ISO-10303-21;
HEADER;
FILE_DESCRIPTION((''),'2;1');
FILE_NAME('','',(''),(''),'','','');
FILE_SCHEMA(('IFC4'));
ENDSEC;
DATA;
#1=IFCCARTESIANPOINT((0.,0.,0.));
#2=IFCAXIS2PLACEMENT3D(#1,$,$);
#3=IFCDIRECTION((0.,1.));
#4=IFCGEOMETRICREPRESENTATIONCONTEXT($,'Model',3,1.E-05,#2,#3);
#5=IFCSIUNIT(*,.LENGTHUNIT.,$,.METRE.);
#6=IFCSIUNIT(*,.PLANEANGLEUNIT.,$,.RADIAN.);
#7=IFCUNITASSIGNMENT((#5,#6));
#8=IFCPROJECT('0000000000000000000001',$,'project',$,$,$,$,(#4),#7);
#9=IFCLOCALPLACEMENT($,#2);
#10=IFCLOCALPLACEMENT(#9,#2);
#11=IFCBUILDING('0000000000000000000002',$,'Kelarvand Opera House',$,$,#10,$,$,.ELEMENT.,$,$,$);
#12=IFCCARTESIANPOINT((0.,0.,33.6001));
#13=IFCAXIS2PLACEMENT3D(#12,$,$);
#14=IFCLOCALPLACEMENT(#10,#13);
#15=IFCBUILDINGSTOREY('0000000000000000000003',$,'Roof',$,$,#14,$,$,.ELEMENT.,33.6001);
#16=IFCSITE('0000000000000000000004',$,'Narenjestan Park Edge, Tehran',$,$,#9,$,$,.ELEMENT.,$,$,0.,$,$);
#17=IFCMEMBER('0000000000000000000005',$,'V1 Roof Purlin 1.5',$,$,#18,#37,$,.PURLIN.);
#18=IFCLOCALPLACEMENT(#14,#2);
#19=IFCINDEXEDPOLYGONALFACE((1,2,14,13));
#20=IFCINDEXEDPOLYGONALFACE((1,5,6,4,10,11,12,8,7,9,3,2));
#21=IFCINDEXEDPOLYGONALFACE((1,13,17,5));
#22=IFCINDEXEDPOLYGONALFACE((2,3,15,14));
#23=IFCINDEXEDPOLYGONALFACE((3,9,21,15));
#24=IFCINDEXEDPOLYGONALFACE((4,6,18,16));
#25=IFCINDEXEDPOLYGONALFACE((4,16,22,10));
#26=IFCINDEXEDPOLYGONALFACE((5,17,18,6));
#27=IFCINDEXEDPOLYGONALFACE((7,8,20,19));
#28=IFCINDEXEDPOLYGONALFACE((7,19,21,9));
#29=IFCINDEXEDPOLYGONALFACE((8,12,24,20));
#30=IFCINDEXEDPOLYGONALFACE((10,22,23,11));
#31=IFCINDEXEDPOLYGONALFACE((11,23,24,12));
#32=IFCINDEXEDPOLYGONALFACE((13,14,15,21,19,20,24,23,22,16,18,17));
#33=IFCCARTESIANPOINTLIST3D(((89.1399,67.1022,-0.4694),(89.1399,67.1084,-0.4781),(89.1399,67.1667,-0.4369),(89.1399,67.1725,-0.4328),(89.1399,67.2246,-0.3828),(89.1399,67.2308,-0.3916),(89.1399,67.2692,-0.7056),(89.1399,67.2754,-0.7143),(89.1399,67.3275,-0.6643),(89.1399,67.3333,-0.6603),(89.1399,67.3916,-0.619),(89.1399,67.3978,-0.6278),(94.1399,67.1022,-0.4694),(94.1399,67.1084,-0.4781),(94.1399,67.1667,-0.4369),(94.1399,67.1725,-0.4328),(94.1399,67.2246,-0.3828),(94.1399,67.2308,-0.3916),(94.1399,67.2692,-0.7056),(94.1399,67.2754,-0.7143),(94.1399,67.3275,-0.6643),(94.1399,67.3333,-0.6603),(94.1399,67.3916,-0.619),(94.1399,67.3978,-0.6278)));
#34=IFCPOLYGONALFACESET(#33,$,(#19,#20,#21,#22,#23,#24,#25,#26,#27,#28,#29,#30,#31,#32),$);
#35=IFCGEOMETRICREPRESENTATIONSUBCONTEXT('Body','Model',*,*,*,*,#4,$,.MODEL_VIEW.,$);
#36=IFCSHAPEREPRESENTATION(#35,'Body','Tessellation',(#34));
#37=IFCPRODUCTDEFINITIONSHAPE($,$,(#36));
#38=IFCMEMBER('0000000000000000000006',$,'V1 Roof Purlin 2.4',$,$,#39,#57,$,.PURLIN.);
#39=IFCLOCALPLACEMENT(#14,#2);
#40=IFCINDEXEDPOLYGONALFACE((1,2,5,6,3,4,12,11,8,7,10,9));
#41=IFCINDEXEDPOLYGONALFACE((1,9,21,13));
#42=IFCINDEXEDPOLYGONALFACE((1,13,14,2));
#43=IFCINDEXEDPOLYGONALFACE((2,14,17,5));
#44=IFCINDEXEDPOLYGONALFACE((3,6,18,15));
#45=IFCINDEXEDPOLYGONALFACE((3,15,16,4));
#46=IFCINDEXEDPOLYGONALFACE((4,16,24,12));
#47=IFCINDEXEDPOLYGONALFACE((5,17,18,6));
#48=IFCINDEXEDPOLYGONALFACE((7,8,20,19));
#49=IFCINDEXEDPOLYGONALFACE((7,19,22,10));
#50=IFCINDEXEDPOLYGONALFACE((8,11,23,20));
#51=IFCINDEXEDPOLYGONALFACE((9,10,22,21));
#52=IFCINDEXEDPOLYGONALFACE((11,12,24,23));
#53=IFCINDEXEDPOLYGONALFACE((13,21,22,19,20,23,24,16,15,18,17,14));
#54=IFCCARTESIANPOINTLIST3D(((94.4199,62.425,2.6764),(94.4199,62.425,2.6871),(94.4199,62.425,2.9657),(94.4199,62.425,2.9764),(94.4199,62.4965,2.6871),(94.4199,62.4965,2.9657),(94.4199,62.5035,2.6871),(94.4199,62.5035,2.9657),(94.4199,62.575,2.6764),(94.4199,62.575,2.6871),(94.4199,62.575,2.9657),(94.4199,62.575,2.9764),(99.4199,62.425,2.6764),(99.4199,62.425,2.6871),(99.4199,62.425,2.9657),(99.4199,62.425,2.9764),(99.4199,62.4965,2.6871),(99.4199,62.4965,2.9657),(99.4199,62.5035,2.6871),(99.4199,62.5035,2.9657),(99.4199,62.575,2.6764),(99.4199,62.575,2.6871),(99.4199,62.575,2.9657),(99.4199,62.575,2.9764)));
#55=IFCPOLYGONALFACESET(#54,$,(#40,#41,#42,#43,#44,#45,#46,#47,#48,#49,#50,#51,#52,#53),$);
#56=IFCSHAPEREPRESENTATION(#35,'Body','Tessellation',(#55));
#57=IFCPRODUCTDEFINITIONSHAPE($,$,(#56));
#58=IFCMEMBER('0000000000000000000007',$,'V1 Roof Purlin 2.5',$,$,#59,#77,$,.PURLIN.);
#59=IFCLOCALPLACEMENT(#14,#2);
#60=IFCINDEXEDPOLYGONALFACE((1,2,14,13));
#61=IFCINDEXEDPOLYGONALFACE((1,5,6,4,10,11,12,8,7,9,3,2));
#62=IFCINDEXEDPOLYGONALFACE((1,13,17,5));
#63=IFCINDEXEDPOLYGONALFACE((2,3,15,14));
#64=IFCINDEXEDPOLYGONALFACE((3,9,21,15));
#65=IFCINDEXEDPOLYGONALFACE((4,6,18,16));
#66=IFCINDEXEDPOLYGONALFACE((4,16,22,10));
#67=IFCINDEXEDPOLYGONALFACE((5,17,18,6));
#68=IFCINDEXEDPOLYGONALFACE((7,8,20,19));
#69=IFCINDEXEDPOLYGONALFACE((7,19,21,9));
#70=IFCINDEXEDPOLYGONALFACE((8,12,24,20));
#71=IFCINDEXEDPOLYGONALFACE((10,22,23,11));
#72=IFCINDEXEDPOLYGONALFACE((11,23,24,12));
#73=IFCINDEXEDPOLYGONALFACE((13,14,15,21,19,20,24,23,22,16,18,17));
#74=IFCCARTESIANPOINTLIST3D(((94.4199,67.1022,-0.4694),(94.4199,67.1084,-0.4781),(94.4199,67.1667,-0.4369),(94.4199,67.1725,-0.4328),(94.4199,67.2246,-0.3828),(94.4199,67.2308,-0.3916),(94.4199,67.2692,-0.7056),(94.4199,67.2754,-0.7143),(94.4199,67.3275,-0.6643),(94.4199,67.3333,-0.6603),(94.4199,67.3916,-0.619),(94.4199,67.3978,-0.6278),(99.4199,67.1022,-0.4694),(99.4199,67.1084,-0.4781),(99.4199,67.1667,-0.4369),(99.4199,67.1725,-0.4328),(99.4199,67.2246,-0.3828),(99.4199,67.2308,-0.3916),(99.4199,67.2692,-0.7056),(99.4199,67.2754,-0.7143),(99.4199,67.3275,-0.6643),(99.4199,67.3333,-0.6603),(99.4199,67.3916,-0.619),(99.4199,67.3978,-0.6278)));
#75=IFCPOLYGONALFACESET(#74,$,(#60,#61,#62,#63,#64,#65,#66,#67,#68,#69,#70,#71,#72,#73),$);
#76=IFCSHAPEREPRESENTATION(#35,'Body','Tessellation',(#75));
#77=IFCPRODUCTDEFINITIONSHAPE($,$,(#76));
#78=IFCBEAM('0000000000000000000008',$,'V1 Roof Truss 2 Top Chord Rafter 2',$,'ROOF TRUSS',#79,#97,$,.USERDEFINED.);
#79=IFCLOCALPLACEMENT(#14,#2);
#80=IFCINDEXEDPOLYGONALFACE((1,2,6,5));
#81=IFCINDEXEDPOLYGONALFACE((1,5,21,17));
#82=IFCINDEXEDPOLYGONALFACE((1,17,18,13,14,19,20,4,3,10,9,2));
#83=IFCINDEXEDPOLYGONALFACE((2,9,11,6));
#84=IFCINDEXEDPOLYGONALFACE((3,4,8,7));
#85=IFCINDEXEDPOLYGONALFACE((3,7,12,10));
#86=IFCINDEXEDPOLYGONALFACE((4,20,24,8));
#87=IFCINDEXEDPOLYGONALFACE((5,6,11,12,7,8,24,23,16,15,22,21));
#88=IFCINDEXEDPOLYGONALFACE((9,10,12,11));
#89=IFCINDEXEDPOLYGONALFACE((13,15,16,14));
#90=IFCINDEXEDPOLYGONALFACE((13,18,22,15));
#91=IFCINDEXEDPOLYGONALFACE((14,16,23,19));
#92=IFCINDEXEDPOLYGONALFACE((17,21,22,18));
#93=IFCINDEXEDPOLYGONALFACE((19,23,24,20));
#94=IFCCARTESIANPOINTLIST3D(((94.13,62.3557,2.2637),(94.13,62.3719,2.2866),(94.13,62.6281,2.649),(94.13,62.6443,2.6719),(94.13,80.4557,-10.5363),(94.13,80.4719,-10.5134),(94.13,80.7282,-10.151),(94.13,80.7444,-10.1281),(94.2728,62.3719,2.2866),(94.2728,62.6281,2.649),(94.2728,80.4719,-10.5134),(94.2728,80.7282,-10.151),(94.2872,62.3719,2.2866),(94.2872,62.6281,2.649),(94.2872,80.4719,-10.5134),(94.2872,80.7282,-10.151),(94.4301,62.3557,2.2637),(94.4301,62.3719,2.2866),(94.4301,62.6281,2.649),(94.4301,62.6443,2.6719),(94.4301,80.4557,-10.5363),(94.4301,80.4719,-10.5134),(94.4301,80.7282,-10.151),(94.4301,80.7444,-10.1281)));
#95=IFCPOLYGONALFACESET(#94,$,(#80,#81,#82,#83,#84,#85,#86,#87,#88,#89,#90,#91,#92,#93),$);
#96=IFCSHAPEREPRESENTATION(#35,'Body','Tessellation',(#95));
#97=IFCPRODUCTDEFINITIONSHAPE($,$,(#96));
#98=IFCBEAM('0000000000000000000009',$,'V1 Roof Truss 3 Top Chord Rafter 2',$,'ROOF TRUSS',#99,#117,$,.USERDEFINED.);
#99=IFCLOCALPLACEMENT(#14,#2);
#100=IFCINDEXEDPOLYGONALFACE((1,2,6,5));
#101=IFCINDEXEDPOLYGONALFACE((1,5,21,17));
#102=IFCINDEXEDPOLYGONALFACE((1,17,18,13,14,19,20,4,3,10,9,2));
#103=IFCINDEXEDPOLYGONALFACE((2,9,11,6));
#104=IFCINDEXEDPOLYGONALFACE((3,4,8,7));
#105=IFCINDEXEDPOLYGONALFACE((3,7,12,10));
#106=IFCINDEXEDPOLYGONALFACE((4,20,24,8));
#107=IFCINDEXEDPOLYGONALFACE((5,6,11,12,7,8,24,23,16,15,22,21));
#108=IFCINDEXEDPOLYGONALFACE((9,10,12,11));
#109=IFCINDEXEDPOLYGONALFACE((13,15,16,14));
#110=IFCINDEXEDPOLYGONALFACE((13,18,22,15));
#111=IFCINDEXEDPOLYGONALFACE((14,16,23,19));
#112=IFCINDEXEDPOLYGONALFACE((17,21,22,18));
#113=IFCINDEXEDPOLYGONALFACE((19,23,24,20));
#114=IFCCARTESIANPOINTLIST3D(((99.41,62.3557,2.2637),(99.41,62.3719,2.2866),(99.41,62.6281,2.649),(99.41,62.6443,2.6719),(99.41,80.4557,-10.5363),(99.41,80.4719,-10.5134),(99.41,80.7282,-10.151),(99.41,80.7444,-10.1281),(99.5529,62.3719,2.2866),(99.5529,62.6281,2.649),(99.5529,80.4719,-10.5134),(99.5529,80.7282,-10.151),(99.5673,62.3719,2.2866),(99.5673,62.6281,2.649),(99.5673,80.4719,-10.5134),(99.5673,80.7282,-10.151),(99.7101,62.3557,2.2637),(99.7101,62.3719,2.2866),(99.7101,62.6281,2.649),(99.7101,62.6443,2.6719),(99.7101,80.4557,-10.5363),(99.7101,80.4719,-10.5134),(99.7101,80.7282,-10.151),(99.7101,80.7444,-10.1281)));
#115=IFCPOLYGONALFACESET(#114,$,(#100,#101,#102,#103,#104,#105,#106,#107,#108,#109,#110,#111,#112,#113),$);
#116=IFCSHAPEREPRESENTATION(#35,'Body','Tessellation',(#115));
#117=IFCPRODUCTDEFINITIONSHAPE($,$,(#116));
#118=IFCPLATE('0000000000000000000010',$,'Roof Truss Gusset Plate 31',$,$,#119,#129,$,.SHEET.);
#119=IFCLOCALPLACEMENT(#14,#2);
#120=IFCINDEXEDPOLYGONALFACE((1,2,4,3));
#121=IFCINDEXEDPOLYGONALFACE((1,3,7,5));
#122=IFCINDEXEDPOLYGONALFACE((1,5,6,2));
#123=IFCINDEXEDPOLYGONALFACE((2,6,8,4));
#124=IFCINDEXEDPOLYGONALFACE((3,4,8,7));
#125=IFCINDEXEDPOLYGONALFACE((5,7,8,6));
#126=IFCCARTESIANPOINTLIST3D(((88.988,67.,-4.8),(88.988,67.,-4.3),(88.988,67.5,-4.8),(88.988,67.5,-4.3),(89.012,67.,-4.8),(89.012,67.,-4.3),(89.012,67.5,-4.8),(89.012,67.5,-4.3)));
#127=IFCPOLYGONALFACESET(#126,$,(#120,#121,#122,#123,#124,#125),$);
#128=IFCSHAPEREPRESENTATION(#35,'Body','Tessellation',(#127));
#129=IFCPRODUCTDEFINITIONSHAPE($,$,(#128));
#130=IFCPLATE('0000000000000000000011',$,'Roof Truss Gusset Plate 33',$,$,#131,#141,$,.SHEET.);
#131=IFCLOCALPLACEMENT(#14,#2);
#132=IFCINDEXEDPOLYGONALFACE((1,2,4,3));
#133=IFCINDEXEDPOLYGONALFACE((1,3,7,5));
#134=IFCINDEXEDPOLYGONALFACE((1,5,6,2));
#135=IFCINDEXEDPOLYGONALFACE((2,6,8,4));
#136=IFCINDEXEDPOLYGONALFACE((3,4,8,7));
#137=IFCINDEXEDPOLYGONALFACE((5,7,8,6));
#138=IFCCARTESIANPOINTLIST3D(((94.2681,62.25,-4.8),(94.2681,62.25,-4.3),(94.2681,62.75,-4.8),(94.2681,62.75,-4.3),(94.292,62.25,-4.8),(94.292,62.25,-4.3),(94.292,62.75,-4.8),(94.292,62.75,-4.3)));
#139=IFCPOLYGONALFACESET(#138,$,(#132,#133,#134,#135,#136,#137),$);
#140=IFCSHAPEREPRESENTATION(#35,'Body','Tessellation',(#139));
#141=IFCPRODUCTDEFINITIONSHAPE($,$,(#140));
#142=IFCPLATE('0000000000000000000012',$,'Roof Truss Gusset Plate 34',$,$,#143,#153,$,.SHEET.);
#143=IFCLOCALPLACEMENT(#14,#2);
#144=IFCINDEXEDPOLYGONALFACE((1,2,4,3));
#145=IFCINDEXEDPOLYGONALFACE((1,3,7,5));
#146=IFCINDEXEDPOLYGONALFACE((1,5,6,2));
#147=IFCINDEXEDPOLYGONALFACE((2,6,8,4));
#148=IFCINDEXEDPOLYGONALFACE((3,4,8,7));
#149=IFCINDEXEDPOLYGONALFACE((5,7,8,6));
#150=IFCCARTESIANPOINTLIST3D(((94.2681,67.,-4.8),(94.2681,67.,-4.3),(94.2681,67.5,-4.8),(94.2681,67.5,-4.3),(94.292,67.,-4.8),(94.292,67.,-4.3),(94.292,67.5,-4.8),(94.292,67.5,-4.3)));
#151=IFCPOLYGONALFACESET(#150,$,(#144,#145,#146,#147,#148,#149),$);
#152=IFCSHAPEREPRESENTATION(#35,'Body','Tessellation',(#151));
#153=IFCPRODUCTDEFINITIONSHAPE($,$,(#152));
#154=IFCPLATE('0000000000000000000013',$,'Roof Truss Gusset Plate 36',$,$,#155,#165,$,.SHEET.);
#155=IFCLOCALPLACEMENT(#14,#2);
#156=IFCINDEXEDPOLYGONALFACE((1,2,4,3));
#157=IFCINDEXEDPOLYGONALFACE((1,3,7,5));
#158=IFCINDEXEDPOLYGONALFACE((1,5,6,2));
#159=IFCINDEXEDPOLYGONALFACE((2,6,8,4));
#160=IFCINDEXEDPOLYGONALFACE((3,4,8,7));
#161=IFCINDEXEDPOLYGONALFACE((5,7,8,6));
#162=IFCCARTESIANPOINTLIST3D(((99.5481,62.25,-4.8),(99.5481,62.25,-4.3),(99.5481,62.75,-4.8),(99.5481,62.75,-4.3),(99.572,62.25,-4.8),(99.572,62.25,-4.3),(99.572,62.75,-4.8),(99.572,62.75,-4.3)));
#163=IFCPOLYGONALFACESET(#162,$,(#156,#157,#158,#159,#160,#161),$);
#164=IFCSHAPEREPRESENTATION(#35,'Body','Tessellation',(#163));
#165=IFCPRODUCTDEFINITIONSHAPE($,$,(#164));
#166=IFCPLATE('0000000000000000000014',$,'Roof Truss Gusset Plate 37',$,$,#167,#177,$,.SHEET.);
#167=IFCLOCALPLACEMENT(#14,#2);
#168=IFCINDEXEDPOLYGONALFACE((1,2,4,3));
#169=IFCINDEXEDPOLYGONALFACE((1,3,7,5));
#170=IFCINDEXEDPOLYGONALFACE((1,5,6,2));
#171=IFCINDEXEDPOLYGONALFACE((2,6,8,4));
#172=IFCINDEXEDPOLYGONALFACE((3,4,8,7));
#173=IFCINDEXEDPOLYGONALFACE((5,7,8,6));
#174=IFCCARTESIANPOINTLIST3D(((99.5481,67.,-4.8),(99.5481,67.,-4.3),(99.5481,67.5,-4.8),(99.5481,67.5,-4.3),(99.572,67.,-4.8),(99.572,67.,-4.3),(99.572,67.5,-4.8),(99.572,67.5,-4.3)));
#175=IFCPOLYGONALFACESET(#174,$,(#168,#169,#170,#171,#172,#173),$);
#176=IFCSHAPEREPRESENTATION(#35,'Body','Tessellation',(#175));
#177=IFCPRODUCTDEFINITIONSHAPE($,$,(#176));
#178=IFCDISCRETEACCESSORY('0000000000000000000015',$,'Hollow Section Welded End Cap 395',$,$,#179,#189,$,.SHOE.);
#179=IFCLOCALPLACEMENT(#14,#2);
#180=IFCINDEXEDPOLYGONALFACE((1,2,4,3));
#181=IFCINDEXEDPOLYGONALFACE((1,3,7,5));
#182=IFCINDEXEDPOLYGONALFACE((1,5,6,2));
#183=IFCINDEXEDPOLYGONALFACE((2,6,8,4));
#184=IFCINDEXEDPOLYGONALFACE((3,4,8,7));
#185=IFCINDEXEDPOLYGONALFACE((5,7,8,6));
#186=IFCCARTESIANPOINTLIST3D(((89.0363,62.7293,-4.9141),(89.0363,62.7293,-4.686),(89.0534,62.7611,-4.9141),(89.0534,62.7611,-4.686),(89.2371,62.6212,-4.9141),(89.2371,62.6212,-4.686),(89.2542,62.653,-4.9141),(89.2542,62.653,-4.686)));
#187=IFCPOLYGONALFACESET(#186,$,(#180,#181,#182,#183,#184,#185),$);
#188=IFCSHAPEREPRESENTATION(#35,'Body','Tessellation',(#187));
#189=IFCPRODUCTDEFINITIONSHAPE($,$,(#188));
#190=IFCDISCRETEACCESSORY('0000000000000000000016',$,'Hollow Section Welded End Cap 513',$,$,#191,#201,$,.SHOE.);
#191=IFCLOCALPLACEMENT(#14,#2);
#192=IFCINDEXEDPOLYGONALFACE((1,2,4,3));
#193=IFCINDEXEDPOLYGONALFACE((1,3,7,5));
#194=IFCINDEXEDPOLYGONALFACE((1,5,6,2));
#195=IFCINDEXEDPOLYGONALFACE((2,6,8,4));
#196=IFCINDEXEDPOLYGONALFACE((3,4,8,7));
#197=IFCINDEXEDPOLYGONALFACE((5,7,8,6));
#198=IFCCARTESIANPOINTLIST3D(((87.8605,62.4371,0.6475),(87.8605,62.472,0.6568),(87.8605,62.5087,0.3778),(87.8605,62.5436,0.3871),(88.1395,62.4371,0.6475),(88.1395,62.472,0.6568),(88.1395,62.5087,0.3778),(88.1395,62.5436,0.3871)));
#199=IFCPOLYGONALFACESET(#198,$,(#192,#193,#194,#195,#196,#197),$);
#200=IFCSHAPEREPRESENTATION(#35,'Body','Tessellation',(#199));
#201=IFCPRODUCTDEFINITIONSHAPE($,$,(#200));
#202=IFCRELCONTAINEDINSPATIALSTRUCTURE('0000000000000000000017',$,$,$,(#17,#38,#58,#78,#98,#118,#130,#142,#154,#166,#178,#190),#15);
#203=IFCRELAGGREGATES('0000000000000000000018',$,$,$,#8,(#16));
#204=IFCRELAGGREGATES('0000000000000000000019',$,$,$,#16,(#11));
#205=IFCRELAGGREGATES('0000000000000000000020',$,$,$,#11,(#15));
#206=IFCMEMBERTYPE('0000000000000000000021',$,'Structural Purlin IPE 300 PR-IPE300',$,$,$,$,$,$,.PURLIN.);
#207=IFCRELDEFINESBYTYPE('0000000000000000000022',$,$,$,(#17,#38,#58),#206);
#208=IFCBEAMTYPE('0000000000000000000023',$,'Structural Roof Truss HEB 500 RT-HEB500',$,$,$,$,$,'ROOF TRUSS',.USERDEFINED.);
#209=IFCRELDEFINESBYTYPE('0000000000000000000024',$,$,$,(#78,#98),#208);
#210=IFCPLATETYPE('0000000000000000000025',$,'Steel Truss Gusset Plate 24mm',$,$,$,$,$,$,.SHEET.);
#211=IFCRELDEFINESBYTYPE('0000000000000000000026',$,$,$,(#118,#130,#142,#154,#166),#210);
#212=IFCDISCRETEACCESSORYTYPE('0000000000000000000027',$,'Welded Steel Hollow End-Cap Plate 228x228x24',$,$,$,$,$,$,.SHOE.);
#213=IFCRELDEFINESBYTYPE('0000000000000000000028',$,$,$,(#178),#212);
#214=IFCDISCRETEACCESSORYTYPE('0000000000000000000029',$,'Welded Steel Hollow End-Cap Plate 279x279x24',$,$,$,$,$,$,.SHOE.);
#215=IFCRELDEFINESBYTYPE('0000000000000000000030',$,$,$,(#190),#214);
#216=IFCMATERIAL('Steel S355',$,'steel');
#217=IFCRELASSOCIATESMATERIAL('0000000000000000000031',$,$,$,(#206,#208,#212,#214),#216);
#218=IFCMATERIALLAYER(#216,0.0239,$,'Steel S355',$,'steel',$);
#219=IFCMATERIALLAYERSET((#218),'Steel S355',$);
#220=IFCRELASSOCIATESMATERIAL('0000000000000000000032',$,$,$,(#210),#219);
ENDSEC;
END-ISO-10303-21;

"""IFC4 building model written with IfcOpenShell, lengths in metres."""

from ifc_helpers import new_model, si_unit, direction, frame, origin, origin_2d, place, context, subcontext, project, spatial, rectangle, i_section, extrude, material, layer, layer_set, material_profile, profile_set, type_object, element, save


model = new_model("IFC4")

# Units and contexts
model_context = context("Model", 3, precision=1e-05, world=origin(), true_north=direction((0.0, 1.0)))
body_context = subcontext(model_context, "Body", "Model", "MODEL_VIEW")
ifc_project = project(units=[si_unit("LENGTHUNIT", "METRE"), si_unit("PLANEANGLEUNIT", "RADIAN")], contexts=[model_context])

# Site, building, storey
site_placement = place(None, origin())
site = spatial("IfcSite", under=ifc_project, at=site_placement, Name="Narenjestan Park Edge, Tehran", CompositionType="ELEMENT", RefElevation=0.0)
building_placement = place(site_placement, origin())
building = spatial("IfcBuilding", under=site, at=building_placement, Name="Kelarvand Opera House", CompositionType="ELEMENT")
storey_placement = place(building_placement, frame((0.0, 0.0, 33.6001)))
storey = spatial("IfcBuildingStorey", under=building, at=storey_placement, Name="Roof", CompositionType="ELEMENT", Elevation=33.6001)

# Members
ifc_material = material(Name="Steel S355", Category="steel")
ifc_material_profile_1 = material_profile(ifc_material, i_section(OverallWidth=0.1499, OverallDepth=0.3, WebThickness=0.0071, FlangeThickness=0.0107, at=origin_2d()), Name="IPE 300", Category="steel")
ifc_profile_set_1 = profile_set([ifc_material_profile_1], Name="Steel S355")
member_type_1 = type_object("IfcMemberType", Name="Structural Purlin IPE 300 PR-IPE300", PredefinedType="PURLIN", material=ifc_profile_set_1)
for number, where, z_axis, x_axis, name in (
    (1, (89.1399, 67.25, -0.5486), (1.0, 0.0, 0.0), (0.0, 0.81644, 0.57743), "V1 Roof Purlin 1.5"),
    (2, (94.4199, 62.5, 2.8264), (1.0, 0.0, 0.0), (0.0, 1.0, 0.0), "V1 Roof Purlin 2.4"),
    (3, (94.4199, 67.25, -0.5486), (1.0, 0.0, 0.0), (0.0, 0.81644, 0.57743), "V1 Roof Purlin 2.5"),
):
    element("IfcMember", number, at=place(storey_placement, frame(where, z_axis=z_axis, x_axis=x_axis)), inside=storey, type_object=member_type_1, Name=name, PredefinedType="PURLIN", context=body_context, shape_type="SweptSolid", body=[
        extrude(i_section(OverallWidth=0.1499, OverallDepth=0.3, WebThickness=0.0071, FlangeThickness=0.0107, at=origin_2d()), origin(), (0.0, 0.0, 1.0), 5.0),
    ])

# Beams
ifc_material_profile_2 = material_profile(ifc_material, i_section(OverallWidth=0.3, OverallDepth=0.5, WebThickness=0.0144, FlangeThickness=0.0281, at=origin_2d()), Name="HEB 500", Category="steel")
ifc_profile_set_2 = profile_set([ifc_material_profile_2], Name="Steel S355")
beam_type = type_object("IfcBeamType", Name="Structural Roof Truss HEB 500 RT-HEB500", ElementType="ROOF TRUSS", PredefinedType="USERDEFINED", material=ifc_profile_set_2)
for number, where, z_axis, x_axis, name in (
    (4, (94.28, 62.5, 2.4678), (0.0, 0.816468, -0.577391), (-1.0, 0.0, 0.0), "V1 Roof Truss 2 Top Chord Rafter 2"),
    (5, (99.5601, 62.5, 2.4678), (0.0, 0.816468, -0.577391), (-1.0, 0.0, 0.0), "V1 Roof Truss 3 Top Chord Rafter 2"),
):
    element("IfcBeam", number, at=place(storey_placement, frame(where, z_axis=z_axis, x_axis=x_axis)), inside=storey, type_object=beam_type, Name=name, ObjectType="ROOF TRUSS", PredefinedType="USERDEFINED", context=body_context, shape_type="SweptSolid", body=[
        extrude(i_section(OverallWidth=0.3, OverallDepth=0.5, WebThickness=0.0144, FlangeThickness=0.0281, at=origin_2d()), origin(), (0.0, 0.0, 1.0), 22.1687),
    ])

# Plates
ifc_layer = layer(ifc_material, 0.0239, Name="Steel S355", Category="steel")
ifc_layer_set = layer_set([ifc_layer], Name="Steel S355")
plate_type = type_object("IfcPlateType", Name="Steel Truss Gusset Plate 24mm", PredefinedType="SHEET", material=ifc_layer_set)
for number, where, z_axis, x_axis, name in (
    (6, (89.0, 67.25, -4.8), (0.0, 0.0, 1.0), (1.0, 0.0, 0.0), "Roof Truss Gusset Plate 31"),
    (7, (94.28, 62.5, -4.8), (0.0, 0.0, 1.0), (1.0, 0.0, 0.0), "Roof Truss Gusset Plate 33"),
    (8, (94.28, 67.25, -4.8), (0.0, 0.0, 1.0), (1.0, 0.0, 0.0), "Roof Truss Gusset Plate 34"),
    (9, (99.5601, 62.5, -4.8), (0.0, 0.0, 1.0), (1.0, 0.0, 0.0), "Roof Truss Gusset Plate 36"),
    (10, (99.5601, 67.25, -4.8), (0.0, 0.0, 1.0), (1.0, 0.0, 0.0), "Roof Truss Gusset Plate 37"),
):
    element("IfcPlate", number, at=place(storey_placement, frame(where, z_axis=z_axis, x_axis=x_axis)), inside=storey, type_object=plate_type, Name=name, PredefinedType="SHEET", context=body_context, shape_type="SweptSolid", body=[
        extrude(rectangle(XDim=0.0239, YDim=0.5, at=origin_2d()), origin(), (0.0, 0.0, 1.0), 0.5),
    ])

# Discrete accessories
ifc_material_profile_3 = material_profile(ifc_material, rectangle(XDim=0.228, YDim=0.228, at=origin_2d()), Name="Welded Steel Hollow End-Cap Plate 228x228x24", Category="steel")
ifc_profile_set_3 = profile_set([ifc_material_profile_3], Name="Steel S355")
discrete_accessory_type_1 = type_object("IfcDiscreteAccessoryType", Name="Welded Steel Hollow End-Cap Plate 228x228x24", PredefinedType="SHOE", material=ifc_profile_set_3)
discrete_accessory_1_placement = place(storey_placement, frame((89.1538, 62.707, -4.8), z_axis=(-0.4741, -0.880471, 0.0), x_axis=(0.880471, -0.4741, 0.0)))
element("IfcDiscreteAccessory", 11, at=discrete_accessory_1_placement, inside=storey, type_object=discrete_accessory_type_1, Name="Hollow Section Welded End Cap 395", PredefinedType="SHOE", context=body_context, shape_type="SweptSolid", body=[
    extrude(rectangle(XDim=0.228, YDim=0.228, at=origin_2d()), origin(), (0.0, 0.0, 1.0), 0.0361),
])
ifc_material_profile_4 = material_profile(ifc_material, rectangle(XDim=0.2791, YDim=0.2791, at=origin_2d()), Name="Welded Steel Hollow End-Cap Plate 279x279x24", Category="steel")
ifc_profile_set_4 = profile_set([ifc_material_profile_4], Name="Steel S355")
discrete_accessory_type_2 = type_object("IfcDiscreteAccessoryType", Name="Welded Steel Hollow End-Cap Plate 279x279x24", PredefinedType="SHOE", material=ifc_profile_set_4)
discrete_accessory_2_placement = place(storey_placement, frame((88.0, 62.5078, 0.522), z_axis=(0.0, -0.966459, -0.256821), x_axis=(1.0, 0.0, 0.0)))
element("IfcDiscreteAccessory", 12, at=discrete_accessory_2_placement, inside=storey, type_object=discrete_accessory_type_2, Name="Hollow Section Welded End Cap 513", PredefinedType="SHOE", context=body_context, shape_type="SweptSolid", body=[
    extrude(rectangle(XDim=0.2791, YDim=0.2791, at=origin_2d()), origin(), (0.0, 0.0, 1.0), 0.0361),
])

save(model, "model.ifc")
